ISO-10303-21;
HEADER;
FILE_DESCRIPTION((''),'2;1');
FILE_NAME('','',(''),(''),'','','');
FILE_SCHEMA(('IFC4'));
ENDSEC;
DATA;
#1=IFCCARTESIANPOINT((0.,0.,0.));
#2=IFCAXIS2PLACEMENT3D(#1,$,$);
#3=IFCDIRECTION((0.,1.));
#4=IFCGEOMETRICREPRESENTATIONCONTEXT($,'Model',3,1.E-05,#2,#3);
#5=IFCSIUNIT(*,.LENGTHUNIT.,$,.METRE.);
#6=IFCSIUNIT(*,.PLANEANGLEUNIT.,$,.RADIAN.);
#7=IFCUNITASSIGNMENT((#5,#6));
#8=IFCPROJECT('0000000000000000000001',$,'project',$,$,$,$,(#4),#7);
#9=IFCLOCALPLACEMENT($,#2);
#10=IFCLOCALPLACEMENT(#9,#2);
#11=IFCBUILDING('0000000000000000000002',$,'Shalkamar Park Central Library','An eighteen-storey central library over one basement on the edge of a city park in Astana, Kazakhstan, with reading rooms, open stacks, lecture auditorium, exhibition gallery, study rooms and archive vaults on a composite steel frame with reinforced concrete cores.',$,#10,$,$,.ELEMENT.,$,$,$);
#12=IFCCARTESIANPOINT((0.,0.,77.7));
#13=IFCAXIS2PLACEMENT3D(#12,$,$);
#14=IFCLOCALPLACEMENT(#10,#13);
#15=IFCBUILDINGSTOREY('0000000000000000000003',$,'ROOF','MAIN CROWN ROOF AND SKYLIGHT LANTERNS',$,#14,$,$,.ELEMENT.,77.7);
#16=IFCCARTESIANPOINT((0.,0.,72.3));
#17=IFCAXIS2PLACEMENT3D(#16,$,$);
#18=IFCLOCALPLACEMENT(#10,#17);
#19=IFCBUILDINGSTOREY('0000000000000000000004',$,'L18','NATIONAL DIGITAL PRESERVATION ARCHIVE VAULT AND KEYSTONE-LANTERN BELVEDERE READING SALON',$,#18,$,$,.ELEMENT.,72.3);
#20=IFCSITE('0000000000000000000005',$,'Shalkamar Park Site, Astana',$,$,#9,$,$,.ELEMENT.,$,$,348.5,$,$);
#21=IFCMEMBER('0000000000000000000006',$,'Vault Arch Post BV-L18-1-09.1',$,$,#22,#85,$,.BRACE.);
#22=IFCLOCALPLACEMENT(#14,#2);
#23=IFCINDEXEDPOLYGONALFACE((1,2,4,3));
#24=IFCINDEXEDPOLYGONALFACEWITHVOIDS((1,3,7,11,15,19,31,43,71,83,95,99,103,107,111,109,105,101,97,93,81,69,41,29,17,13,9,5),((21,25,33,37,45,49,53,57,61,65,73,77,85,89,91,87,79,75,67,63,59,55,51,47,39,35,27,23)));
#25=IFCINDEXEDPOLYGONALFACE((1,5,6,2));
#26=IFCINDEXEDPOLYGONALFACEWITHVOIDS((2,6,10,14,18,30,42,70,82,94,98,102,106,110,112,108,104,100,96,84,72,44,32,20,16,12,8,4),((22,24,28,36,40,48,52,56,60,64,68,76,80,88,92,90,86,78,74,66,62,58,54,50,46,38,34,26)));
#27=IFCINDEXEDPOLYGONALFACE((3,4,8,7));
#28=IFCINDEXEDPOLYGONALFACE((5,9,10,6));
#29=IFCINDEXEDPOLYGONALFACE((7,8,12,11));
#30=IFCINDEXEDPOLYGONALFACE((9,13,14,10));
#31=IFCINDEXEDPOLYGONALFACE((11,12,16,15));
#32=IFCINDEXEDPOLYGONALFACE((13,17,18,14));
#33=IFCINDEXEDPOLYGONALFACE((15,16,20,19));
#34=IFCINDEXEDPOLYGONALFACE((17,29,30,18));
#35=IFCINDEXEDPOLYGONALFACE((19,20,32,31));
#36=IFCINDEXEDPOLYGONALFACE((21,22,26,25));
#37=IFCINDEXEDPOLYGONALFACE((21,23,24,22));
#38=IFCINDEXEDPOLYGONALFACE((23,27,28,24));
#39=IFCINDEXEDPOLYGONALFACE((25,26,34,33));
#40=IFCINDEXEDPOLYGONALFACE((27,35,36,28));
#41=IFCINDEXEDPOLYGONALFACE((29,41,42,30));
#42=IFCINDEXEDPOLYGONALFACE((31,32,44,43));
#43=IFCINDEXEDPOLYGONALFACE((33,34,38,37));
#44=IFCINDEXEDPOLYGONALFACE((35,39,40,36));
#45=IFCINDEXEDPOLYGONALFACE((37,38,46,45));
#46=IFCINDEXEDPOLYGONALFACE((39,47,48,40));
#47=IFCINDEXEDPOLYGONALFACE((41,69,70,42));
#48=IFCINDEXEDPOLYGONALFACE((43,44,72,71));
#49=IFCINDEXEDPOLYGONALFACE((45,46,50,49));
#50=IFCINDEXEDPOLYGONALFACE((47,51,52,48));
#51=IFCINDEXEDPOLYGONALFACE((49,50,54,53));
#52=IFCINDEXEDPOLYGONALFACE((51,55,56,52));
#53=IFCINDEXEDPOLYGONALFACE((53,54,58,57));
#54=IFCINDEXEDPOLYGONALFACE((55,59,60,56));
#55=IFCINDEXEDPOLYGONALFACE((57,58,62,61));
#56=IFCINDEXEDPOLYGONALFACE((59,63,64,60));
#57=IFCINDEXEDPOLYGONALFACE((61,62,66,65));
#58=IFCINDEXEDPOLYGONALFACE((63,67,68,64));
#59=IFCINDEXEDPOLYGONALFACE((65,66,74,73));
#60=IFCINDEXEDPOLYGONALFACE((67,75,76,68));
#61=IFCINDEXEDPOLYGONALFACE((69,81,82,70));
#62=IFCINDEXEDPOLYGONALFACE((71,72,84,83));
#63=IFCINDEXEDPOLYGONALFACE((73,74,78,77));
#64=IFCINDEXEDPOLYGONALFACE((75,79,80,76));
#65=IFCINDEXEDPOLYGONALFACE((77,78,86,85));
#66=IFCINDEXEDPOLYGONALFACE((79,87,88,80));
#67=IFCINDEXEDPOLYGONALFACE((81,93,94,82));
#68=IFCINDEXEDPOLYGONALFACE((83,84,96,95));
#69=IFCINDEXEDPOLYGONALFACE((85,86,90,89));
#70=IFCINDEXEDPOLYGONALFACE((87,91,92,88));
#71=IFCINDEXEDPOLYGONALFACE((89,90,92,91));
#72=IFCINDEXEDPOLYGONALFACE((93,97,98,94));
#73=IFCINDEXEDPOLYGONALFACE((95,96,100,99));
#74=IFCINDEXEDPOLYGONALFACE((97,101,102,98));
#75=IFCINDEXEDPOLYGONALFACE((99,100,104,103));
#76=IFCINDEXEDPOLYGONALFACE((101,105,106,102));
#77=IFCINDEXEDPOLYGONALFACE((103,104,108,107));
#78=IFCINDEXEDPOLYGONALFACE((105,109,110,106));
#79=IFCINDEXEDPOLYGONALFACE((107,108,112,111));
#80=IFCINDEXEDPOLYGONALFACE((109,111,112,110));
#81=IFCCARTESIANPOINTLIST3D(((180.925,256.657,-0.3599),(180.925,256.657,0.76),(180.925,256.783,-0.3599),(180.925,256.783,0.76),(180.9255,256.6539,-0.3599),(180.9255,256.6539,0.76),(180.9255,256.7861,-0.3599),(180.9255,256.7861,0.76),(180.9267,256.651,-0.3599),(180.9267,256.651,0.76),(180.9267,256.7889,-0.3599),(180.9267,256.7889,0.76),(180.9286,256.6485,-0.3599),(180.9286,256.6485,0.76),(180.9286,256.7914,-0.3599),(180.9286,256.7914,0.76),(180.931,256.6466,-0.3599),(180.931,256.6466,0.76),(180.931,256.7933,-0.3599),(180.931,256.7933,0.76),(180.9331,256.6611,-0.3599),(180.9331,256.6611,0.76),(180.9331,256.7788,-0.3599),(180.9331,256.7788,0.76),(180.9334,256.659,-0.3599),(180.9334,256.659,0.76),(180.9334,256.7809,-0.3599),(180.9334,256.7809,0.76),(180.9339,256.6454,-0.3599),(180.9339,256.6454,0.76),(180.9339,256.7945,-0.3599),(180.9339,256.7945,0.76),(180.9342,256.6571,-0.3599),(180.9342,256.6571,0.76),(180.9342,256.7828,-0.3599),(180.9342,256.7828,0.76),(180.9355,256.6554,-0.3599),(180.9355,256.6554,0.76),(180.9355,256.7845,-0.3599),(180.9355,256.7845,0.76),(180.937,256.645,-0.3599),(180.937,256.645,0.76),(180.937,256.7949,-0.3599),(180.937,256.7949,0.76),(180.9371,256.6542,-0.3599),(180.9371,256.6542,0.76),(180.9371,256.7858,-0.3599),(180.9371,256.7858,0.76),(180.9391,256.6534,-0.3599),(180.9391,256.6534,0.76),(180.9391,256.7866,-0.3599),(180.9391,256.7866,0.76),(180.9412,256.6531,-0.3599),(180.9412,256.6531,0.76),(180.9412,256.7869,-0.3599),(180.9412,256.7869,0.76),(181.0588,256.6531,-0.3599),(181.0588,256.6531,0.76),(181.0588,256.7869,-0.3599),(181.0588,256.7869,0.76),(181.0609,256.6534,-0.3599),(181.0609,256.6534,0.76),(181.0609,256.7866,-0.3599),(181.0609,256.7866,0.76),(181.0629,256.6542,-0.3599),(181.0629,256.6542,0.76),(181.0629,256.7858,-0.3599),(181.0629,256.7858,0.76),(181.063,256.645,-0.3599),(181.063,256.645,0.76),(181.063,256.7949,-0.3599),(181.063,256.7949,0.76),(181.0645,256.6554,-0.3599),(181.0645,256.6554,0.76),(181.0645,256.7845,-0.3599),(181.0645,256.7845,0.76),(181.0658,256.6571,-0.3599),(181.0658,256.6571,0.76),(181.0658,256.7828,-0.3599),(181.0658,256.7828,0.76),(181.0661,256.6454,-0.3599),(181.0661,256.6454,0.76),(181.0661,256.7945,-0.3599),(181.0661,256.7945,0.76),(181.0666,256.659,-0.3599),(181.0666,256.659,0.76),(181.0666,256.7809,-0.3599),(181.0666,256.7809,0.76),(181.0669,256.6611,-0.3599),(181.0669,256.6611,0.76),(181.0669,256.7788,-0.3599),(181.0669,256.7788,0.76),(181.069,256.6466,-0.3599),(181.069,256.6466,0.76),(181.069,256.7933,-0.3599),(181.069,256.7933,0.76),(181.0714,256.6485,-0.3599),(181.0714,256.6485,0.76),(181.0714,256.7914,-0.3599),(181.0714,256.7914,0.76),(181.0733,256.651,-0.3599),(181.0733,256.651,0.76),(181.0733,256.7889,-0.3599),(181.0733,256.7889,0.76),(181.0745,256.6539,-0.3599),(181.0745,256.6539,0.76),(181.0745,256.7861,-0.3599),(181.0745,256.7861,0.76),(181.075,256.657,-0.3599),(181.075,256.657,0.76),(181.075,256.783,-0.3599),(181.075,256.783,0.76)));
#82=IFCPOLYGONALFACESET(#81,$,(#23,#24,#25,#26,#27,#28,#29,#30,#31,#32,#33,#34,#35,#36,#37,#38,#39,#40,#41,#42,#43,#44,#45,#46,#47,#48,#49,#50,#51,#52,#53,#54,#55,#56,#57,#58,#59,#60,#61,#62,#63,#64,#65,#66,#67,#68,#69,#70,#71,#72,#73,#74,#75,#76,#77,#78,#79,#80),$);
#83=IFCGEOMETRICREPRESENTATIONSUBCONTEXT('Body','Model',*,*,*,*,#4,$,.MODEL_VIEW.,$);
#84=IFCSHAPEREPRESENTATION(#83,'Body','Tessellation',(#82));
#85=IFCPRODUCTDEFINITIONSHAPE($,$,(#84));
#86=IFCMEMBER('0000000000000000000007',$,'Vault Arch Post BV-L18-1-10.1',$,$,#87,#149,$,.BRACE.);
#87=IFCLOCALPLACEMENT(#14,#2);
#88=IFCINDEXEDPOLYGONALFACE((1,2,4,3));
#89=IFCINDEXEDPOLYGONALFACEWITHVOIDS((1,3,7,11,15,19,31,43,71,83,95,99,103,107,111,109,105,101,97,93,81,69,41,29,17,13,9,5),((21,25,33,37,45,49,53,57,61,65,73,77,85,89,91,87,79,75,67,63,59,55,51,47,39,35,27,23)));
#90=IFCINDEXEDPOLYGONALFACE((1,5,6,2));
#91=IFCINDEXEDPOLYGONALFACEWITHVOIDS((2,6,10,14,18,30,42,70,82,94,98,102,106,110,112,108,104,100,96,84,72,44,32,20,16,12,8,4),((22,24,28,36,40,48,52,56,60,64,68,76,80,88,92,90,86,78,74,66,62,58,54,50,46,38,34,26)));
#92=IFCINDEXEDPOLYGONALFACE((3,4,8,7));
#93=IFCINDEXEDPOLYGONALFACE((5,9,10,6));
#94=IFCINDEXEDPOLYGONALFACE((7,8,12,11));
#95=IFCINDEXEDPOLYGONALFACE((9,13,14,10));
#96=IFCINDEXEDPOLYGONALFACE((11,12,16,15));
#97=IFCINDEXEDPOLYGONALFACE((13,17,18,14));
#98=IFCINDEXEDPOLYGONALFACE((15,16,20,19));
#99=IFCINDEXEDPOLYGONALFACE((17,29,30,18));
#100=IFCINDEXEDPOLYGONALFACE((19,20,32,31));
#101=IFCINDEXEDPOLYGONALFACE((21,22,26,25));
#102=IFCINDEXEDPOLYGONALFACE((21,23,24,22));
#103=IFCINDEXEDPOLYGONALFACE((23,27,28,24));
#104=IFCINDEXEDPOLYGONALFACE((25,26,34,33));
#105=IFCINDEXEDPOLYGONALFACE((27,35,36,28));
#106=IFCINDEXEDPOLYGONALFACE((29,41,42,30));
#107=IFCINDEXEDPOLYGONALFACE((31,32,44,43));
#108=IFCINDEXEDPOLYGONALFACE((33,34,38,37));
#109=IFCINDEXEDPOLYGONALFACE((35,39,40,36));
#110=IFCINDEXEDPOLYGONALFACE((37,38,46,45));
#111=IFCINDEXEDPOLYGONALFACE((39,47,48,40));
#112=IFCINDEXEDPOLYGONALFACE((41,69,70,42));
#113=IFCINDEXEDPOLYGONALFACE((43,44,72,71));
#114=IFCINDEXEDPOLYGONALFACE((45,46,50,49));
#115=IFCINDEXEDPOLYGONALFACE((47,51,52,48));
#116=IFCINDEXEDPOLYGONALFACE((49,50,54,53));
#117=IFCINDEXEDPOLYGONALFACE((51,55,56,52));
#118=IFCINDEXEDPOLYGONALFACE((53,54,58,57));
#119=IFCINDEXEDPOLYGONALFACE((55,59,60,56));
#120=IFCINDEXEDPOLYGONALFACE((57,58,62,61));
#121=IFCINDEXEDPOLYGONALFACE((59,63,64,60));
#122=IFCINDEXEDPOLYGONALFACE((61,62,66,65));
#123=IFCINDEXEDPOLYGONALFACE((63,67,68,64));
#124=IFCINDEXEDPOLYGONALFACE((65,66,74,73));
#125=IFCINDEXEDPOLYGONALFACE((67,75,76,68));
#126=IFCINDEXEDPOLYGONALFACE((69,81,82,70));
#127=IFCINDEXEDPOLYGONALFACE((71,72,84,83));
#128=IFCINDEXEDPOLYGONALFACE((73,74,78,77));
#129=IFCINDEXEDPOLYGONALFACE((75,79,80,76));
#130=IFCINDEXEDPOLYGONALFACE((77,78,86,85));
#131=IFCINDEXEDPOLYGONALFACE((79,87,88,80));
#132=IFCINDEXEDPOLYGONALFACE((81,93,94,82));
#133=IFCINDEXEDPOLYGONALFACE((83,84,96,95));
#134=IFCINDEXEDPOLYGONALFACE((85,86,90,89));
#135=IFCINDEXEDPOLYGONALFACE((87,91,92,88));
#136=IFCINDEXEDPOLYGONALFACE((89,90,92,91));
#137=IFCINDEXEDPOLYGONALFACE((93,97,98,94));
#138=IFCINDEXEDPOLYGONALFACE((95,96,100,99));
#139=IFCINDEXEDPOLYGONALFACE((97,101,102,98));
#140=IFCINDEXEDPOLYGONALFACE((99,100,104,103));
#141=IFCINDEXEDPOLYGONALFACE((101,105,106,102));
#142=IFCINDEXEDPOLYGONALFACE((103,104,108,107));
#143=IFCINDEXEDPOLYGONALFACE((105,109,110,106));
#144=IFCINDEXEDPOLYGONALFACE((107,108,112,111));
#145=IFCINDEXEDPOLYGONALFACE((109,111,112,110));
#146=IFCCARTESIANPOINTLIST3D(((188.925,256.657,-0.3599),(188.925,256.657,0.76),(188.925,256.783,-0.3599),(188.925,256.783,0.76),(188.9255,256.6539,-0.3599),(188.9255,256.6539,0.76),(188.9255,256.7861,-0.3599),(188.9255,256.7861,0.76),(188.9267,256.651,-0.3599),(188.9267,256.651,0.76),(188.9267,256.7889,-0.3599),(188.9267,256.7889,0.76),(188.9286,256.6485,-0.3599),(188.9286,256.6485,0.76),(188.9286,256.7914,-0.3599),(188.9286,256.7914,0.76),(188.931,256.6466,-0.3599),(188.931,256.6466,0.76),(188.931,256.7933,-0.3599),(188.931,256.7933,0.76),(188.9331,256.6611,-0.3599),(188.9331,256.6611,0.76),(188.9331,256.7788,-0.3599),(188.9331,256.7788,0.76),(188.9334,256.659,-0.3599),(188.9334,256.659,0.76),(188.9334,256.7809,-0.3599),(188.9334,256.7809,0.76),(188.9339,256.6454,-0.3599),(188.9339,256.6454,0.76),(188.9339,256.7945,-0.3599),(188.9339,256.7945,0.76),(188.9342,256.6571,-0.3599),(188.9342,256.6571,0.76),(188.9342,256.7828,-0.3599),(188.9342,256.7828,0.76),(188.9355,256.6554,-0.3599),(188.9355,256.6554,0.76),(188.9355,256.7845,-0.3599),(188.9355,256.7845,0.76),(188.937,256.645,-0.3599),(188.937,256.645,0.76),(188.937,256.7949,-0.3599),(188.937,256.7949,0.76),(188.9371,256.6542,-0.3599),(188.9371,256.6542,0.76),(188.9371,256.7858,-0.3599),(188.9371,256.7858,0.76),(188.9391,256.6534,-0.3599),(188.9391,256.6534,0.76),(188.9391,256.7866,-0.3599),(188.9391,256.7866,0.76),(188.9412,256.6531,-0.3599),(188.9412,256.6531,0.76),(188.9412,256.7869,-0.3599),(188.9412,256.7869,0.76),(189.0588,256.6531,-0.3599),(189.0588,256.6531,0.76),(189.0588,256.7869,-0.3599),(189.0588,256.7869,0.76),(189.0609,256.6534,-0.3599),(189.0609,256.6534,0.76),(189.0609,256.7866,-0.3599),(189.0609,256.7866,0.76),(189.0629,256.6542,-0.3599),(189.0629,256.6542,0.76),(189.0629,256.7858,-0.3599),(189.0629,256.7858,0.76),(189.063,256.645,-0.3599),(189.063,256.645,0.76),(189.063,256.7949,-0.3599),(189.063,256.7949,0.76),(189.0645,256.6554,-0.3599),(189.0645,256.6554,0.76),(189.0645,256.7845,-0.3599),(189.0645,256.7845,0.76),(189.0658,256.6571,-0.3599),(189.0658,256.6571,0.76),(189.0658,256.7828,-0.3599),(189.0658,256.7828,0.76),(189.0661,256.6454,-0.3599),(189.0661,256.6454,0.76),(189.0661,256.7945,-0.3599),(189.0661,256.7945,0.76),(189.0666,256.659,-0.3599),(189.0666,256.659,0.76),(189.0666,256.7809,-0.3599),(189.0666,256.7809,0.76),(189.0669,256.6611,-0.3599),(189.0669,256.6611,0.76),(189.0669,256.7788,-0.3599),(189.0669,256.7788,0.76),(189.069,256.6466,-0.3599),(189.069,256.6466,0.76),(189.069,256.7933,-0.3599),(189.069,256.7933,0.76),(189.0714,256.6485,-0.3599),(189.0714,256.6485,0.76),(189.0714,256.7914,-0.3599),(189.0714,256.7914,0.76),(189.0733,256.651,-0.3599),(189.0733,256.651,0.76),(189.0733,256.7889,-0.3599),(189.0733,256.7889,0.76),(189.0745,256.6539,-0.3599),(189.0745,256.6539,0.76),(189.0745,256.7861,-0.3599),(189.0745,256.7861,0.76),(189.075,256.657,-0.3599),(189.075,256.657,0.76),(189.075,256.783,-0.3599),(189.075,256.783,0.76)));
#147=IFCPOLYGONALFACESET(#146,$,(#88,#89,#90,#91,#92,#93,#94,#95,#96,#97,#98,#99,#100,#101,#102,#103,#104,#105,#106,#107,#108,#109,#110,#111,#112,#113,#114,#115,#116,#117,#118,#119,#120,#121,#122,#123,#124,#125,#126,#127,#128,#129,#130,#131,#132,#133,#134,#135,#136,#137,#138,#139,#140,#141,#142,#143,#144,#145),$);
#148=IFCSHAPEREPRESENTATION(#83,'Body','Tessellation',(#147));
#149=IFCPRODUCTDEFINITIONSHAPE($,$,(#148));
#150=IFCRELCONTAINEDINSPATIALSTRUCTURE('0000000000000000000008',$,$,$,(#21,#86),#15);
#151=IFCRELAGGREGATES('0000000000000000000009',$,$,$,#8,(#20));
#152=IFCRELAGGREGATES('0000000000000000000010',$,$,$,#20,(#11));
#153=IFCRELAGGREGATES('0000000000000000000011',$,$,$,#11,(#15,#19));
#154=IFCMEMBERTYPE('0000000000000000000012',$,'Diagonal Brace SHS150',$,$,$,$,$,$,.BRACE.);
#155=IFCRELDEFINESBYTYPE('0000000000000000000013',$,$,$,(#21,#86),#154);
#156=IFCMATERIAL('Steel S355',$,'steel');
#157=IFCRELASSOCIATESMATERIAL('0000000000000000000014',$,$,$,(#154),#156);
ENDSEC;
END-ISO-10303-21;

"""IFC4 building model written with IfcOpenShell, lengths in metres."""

from ifc_helpers import new_model, si_unit, direction, frame, origin, origin_2d, place, context, subcontext, project, spatial, hollow_rectangle, extrude, material, material_profile, profile_set, type_object, element, save


model = new_model("IFC4")

# Units and contexts
model_context = context("Model", 3, precision=1e-05, world=origin(), true_north=direction((0.0, 1.0)))
body_context = subcontext(model_context, "Body", "Model", "MODEL_VIEW")
ifc_project = project(units=[si_unit("LENGTHUNIT", "METRE"), si_unit("PLANEANGLEUNIT", "RADIAN")], contexts=[model_context])

# Site, building, storey
site_placement = place(None, origin())
site = spatial("IfcSite", under=ifc_project, at=site_placement, Name="Shalkamar Park Site, Astana", CompositionType="ELEMENT", RefElevation=348.5)
building_placement = place(site_placement, origin())
building = spatial("IfcBuilding", under=site, at=building_placement, Name="Shalkamar Park Central Library", Description="An eighteen-storey central library over one basement on the edge of a city park in Astana, Kazakhstan, with reading rooms, open stacks, lecture auditorium, exhibition gallery, study rooms and archive vaults on a composite steel frame with reinforced concrete cores.", CompositionType="ELEMENT")
storey_1_placement = place(building_placement, frame((0.0, 0.0, 77.7)))
storey_1 = spatial("IfcBuildingStorey", under=building, at=storey_1_placement, Name="ROOF", Description="MAIN CROWN ROOF AND SKYLIGHT LANTERNS", CompositionType="ELEMENT", Elevation=77.7)

# Members
ifc_material_1 = material(Name="Steel S355", Category="steel")
ifc_material_profile_1 = material_profile(ifc_material_1, hollow_rectangle(XDim=0.1499, YDim=0.1499, WallThickness=0.0081, InnerFilletRadius=0.0081, OuterFilletRadius=0.012, at=origin_2d()), Name="SHS 150x150x8")
ifc_profile_set_1 = profile_set([ifc_material_profile_1], Name="Steel S355")
member_type_1 = type_object("IfcMemberType", Name="Diagonal Brace SHS150", PredefinedType="BRACE", material=ifc_profile_set_1)
for number, where, z_axis, x_axis, name in (
    (1, (181.0, 256.72, -0.3599), (0.0, 0.0, 1.0), (1.0, 0.0, 0.0), "Vault Arch Post BV-L18-1-09.1"),
    (2, (189.0, 256.72, -0.3599), (0.0, 0.0, 1.0), (1.0, 0.0, 0.0), "Vault Arch Post BV-L18-1-10.1"),
):
    element("IfcMember", number, at=place(storey_1_placement, frame(where, z_axis=z_axis, x_axis=x_axis)), inside=storey_1, type_object=member_type_1, Name=name, PredefinedType="BRACE", context=body_context, shape_type="SweptSolid", body=[
        extrude(hollow_rectangle(XDim=0.1499, YDim=0.1499, WallThickness=0.0081, InnerFilletRadius=0.0081, OuterFilletRadius=0.012, at=origin_2d()), origin(), (0.0, 0.0, 1.0), 1.1199),
    ])

# Shared definitions
storey_2_placement = place(building_placement, frame((0.0, 0.0, 72.3)))
storey_2 = spatial("IfcBuildingStorey", under=building, at=storey_2_placement, Name="L18", Description="NATIONAL DIGITAL PRESERVATION ARCHIVE VAULT AND KEYSTONE-LANTERN BELVEDERE READING SALON", CompositionType="ELEMENT", Elevation=72.3)

save(model, "model.ifc")
